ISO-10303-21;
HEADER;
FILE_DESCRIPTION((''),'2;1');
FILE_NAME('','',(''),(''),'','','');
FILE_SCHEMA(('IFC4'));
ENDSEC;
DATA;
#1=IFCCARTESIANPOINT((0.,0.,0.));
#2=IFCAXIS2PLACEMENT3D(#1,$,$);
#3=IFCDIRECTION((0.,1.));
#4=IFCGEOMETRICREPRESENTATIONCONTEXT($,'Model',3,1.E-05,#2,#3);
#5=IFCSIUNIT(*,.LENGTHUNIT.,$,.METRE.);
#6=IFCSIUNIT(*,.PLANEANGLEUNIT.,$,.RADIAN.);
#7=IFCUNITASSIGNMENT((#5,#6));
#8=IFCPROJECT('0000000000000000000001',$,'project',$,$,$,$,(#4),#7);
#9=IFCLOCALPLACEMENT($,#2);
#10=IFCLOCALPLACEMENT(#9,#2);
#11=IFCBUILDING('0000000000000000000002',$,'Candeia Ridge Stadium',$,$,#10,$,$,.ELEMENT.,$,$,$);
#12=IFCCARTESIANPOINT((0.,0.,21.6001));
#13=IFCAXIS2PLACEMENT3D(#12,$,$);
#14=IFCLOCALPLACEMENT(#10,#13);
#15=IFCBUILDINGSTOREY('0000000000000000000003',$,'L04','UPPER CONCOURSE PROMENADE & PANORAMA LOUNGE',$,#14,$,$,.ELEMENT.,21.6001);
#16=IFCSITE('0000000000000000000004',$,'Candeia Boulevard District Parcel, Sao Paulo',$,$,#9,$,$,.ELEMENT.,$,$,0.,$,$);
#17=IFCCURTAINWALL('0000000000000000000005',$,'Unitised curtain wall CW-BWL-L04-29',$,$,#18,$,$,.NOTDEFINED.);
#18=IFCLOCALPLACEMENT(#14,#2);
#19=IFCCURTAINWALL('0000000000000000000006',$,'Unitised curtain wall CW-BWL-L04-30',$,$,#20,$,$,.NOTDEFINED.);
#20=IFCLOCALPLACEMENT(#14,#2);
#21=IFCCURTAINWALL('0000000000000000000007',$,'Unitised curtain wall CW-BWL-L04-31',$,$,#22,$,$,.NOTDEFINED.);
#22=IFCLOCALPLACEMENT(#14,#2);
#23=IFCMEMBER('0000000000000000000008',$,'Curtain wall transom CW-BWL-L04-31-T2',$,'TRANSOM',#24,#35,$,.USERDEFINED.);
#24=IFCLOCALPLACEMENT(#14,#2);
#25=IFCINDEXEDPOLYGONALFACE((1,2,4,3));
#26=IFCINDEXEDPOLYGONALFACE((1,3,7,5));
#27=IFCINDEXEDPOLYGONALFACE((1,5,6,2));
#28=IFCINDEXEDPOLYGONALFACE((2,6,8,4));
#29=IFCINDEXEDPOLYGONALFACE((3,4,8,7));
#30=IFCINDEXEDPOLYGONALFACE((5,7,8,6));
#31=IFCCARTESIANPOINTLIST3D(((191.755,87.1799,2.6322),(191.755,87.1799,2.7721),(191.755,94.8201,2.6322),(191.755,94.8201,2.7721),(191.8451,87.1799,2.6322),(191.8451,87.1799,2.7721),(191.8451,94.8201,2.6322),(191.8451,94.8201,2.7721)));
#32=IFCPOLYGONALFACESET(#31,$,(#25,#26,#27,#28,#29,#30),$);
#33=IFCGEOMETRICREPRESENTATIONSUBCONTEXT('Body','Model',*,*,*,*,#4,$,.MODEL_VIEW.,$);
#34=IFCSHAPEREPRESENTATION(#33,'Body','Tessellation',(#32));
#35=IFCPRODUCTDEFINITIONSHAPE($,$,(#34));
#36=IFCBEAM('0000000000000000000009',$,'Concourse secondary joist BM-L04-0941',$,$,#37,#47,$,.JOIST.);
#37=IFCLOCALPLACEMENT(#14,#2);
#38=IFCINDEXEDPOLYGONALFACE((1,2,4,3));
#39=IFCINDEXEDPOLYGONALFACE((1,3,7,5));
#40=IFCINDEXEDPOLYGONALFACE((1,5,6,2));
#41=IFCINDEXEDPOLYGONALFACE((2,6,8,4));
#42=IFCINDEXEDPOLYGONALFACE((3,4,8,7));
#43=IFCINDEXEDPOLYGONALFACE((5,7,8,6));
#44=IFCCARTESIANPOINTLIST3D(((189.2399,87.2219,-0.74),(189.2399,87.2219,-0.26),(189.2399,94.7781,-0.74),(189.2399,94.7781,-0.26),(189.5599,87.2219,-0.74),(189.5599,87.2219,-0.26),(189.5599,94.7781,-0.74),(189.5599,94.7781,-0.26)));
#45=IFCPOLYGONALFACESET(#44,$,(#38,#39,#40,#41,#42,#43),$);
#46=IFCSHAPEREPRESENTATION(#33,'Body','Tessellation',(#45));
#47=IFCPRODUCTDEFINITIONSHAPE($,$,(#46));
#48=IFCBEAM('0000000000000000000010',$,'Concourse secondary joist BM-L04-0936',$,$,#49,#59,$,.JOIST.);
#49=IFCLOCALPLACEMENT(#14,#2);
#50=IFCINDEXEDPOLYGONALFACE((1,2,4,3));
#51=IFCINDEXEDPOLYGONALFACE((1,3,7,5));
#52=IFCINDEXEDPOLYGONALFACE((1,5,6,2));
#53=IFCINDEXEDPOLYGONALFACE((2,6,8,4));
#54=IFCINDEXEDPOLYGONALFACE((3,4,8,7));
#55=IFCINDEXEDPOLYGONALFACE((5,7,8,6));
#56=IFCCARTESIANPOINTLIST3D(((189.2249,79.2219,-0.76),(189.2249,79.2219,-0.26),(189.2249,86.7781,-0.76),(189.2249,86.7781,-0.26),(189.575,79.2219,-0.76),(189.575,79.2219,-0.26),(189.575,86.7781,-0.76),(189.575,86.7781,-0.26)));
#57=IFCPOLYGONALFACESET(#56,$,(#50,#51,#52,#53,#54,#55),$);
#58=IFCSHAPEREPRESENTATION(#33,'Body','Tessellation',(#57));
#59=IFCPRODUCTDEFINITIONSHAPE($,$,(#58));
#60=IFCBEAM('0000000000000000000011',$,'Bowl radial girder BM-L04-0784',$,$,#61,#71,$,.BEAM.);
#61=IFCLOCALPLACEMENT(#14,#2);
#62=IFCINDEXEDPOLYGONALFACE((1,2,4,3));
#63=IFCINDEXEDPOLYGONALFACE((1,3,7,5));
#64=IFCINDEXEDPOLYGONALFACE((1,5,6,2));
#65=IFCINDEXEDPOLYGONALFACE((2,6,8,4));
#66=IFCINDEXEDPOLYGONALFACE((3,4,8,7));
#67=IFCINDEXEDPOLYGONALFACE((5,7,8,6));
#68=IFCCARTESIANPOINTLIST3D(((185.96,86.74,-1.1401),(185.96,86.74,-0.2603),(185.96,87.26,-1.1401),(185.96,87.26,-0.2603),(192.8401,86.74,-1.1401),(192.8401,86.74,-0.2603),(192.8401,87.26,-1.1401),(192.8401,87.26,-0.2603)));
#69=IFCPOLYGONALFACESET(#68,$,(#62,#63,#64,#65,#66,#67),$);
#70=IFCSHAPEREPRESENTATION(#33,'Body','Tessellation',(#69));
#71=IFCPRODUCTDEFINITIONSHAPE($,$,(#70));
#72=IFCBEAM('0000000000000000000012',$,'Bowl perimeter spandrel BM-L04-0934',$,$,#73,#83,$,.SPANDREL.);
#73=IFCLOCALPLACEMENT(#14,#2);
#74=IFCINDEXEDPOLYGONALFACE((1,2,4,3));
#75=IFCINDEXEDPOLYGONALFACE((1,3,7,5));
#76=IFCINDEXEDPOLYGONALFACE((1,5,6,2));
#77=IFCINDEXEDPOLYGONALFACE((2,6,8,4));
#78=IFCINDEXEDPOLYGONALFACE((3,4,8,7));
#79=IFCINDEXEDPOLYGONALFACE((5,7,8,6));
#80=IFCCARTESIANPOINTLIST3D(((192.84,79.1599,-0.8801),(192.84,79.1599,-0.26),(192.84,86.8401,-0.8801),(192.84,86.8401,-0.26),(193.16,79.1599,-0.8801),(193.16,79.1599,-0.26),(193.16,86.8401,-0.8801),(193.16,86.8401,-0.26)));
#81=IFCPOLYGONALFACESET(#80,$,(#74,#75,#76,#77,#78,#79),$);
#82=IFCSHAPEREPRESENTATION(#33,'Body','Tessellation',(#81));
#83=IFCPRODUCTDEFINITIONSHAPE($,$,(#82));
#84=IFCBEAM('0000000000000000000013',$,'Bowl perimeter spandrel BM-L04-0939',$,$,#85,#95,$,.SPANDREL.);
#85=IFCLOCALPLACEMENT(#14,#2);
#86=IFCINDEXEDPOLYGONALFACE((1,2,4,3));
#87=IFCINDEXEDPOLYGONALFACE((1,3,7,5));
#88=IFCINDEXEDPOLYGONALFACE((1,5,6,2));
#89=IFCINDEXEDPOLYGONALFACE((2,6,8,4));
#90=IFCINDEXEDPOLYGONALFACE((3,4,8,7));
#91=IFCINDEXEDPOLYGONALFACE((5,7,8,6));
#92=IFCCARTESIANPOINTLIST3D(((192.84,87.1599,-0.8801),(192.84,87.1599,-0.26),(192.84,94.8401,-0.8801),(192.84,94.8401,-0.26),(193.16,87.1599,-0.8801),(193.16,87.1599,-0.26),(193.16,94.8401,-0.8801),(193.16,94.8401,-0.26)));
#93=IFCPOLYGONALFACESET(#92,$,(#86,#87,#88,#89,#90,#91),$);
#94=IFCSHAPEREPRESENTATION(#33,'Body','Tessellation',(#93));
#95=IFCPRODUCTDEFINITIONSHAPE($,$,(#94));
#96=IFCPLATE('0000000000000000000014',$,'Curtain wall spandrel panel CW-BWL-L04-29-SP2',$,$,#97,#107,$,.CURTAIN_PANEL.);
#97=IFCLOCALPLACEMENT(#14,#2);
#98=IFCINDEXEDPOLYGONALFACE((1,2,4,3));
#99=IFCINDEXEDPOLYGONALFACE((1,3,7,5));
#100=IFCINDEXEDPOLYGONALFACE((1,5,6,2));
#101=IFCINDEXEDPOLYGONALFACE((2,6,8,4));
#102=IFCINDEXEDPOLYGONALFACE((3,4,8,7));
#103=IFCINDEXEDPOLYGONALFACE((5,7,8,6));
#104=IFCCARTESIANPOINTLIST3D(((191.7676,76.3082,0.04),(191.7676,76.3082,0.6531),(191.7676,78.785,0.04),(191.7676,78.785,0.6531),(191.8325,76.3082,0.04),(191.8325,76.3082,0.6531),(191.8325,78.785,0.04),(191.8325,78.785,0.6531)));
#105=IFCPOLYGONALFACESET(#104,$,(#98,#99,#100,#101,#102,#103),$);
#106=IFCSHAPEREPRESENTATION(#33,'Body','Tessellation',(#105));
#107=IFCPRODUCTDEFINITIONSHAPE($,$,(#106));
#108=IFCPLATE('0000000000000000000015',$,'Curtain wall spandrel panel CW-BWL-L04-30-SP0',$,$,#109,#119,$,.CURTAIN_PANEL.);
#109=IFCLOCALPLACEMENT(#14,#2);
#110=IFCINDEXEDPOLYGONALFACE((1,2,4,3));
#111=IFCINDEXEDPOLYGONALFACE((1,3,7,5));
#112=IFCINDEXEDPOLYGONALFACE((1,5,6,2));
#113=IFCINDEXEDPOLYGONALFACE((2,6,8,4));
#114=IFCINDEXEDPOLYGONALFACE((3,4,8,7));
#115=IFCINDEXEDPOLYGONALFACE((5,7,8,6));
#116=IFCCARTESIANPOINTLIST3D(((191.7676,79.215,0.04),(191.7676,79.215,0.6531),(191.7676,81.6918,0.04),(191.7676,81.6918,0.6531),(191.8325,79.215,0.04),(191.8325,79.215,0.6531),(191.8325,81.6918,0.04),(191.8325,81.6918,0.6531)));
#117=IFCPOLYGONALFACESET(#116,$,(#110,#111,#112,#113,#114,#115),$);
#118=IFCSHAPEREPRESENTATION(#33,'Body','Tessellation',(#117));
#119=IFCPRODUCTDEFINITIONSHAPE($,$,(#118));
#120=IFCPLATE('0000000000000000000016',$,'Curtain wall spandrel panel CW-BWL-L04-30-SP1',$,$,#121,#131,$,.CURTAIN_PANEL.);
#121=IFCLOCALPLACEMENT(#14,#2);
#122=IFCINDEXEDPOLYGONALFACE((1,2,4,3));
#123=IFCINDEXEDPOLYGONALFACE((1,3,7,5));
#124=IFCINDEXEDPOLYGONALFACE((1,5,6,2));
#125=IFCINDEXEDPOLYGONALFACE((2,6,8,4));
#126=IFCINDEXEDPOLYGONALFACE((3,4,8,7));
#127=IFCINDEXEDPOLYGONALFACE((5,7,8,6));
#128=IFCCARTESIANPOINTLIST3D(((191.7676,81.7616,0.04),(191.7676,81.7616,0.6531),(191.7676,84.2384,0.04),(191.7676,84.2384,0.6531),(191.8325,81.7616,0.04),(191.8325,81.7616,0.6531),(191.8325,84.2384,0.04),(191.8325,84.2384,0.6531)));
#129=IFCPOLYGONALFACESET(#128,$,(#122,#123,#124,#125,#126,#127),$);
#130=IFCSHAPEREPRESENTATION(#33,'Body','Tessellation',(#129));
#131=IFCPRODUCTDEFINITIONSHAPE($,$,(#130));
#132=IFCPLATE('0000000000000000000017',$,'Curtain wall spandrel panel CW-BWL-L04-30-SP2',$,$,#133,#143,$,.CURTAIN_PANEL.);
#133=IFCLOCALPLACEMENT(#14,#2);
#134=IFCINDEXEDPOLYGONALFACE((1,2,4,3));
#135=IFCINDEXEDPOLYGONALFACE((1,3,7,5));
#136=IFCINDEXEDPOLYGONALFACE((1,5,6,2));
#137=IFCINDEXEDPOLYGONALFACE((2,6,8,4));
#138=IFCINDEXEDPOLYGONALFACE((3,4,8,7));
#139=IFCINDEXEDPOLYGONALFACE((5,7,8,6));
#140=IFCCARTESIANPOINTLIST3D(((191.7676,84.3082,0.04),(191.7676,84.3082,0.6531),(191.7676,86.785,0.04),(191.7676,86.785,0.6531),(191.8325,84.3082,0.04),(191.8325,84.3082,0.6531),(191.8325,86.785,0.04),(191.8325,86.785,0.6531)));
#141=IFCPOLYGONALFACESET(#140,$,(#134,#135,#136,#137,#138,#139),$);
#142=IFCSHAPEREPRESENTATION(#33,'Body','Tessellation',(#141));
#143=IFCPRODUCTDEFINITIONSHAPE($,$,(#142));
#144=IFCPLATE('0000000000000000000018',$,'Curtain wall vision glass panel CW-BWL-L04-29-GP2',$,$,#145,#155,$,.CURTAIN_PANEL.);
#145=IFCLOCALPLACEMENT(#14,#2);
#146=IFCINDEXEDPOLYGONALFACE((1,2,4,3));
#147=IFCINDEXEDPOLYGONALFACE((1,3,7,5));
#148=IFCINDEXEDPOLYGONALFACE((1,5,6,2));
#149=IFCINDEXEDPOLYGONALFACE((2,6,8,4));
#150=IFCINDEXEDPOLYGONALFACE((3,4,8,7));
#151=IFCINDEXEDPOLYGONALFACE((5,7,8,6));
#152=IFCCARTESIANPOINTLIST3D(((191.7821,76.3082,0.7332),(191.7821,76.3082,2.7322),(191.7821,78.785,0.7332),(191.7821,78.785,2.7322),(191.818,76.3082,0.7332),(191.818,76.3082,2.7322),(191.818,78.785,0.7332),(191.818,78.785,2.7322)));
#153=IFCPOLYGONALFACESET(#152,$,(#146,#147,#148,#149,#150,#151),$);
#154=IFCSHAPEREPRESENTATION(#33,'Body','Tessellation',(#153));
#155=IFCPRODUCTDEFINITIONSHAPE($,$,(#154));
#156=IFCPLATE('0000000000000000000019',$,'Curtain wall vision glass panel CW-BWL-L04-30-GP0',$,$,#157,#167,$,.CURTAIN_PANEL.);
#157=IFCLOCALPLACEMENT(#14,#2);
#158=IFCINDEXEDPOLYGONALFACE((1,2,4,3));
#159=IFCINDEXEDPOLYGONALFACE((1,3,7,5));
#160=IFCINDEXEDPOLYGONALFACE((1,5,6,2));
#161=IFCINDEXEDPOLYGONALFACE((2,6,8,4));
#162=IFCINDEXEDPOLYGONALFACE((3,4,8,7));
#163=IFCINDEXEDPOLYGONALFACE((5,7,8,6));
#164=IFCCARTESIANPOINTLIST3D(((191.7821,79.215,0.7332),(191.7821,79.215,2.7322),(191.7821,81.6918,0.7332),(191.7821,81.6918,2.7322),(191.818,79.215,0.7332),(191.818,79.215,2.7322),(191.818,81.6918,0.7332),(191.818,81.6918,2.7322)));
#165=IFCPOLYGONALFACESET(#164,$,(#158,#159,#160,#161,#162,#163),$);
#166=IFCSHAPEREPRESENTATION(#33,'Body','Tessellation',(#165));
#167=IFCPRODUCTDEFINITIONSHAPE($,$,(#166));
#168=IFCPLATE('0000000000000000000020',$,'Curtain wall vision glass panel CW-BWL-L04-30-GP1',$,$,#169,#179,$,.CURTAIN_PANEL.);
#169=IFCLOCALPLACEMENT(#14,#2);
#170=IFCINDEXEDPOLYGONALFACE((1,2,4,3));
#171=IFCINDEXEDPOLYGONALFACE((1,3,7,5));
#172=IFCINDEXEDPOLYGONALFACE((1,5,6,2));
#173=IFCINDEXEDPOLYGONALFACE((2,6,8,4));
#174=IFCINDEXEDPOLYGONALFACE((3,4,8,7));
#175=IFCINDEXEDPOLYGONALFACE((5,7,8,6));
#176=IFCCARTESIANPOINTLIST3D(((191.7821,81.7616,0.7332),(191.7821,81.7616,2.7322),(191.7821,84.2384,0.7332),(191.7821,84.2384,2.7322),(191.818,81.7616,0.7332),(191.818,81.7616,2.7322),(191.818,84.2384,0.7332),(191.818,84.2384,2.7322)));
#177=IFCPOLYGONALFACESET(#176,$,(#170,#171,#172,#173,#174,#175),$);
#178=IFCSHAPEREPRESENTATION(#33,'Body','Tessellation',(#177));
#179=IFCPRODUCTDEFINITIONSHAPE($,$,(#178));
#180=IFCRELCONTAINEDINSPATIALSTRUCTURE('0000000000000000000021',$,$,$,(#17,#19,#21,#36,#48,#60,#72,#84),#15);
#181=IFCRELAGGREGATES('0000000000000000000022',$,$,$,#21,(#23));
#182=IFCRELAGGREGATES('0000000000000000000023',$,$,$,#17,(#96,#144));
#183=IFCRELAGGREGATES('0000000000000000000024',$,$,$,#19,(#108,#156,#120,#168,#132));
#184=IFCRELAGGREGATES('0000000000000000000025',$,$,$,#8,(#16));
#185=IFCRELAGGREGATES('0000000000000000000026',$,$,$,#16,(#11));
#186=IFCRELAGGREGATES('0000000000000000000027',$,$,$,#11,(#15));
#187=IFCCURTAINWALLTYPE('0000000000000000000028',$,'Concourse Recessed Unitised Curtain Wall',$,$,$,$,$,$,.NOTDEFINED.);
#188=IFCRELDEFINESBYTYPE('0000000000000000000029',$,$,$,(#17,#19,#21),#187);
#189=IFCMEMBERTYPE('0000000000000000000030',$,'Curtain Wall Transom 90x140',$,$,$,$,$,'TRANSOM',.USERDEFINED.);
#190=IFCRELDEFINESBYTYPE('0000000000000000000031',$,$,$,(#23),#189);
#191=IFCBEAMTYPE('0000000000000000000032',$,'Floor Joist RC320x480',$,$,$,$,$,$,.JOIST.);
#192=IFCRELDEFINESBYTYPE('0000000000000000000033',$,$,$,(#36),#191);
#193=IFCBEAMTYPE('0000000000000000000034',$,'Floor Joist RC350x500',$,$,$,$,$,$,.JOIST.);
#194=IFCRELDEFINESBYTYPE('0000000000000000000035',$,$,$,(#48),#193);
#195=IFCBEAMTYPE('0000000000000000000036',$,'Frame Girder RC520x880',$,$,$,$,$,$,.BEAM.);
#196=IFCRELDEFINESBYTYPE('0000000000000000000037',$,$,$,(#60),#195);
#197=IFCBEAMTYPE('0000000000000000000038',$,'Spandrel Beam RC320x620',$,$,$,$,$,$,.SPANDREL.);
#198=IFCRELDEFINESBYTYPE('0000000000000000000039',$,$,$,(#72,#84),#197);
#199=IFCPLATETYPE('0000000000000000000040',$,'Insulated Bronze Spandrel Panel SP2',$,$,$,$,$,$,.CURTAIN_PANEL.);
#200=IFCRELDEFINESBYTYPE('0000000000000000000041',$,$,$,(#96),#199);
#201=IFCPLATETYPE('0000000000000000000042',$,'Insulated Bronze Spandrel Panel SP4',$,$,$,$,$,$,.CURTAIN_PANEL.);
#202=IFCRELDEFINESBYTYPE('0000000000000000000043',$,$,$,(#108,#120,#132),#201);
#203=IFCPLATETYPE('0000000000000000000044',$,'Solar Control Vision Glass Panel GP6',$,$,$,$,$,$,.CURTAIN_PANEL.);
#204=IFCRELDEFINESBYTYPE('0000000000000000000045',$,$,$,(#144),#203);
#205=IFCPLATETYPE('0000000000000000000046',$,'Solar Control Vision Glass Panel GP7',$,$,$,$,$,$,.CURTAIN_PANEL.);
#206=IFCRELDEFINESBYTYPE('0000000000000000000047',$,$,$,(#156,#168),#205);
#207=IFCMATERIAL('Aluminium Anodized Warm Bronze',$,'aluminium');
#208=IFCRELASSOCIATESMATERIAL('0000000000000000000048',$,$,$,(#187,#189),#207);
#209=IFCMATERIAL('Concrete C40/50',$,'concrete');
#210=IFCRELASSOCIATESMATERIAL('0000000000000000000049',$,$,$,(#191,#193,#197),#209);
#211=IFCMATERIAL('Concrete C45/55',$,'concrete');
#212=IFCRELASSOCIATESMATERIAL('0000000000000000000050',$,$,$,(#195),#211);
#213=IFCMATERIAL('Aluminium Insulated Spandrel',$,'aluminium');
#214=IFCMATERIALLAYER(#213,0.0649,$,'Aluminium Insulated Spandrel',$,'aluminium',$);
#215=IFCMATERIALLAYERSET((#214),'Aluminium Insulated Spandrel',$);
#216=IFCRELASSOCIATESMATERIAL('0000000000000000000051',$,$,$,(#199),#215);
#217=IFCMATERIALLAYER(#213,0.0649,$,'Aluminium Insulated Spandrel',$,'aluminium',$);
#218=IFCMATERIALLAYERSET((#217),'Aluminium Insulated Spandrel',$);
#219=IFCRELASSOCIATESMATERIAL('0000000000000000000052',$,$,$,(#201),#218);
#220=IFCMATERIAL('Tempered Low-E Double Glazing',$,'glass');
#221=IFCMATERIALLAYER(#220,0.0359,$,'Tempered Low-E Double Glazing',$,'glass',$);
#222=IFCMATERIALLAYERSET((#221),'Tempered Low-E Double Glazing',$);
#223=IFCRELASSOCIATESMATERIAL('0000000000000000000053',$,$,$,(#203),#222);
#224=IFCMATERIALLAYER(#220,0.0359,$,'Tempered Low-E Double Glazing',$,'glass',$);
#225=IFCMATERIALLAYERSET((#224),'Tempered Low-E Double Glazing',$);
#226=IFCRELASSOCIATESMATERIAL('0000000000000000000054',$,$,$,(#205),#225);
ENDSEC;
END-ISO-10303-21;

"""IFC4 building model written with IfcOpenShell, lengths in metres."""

from ifc_helpers import new_model, si_unit, direction, frame, origin, origin_2d, place, context, subcontext, project, spatial, rectangle, extrude, material, layer, layer_set, material_profile, profile_set, type_object, element, aggregate, save


model = new_model("IFC4")

# Units and contexts
model_context = context("Model", 3, precision=1e-05, world=origin(), true_north=direction((0.0, 1.0)))
body_context = subcontext(model_context, "Body", "Model", "MODEL_VIEW")
ifc_project = project(units=[si_unit("LENGTHUNIT", "METRE"), si_unit("PLANEANGLEUNIT", "RADIAN")], contexts=[model_context])

# Site, building, storey
site_placement = place(None, origin())
site = spatial("IfcSite", under=ifc_project, at=site_placement, Name="Candeia Boulevard District Parcel, Sao Paulo", CompositionType="ELEMENT", RefElevation=0.0)
building_placement = place(site_placement, origin())
building = spatial("IfcBuilding", under=site, at=building_placement, Name="Candeia Ridge Stadium", CompositionType="ELEMENT")
storey_placement = place(building_placement, frame((0.0, 0.0, 21.6001)))
storey = spatial("IfcBuildingStorey", under=building, at=storey_placement, Name="L04", Description="UPPER CONCOURSE PROMENADE & PANORAMA LOUNGE", CompositionType="ELEMENT", Elevation=21.6001)

# Shared definitions
ifc_material_1 = material(Name="Concrete C45/55", Category="concrete")

# Curtain wall
ifc_material_2 = material(Name="Aluminium Anodized Warm Bronze", Category="aluminium")
curtain_wall_type = type_object("IfcCurtainWallType", Name="Concourse Recessed Unitised Curtain Wall", PredefinedType="NOTDEFINED", material=ifc_material_2)
curtain_wall_1_placement = place(storey_placement, origin())
curtain_wall_1 = element("IfcCurtainWall", 1, at=curtain_wall_1_placement, inside=storey, type_object=curtain_wall_type, Name="Unitised curtain wall CW-BWL-L04-29", PredefinedType="NOTDEFINED")

# Curtain wall
curtain_wall_2_placement = place(storey_placement, origin())
curtain_wall_2 = element("IfcCurtainWall", 2, at=curtain_wall_2_placement, inside=storey, type_object=curtain_wall_type, Name="Unitised curtain wall CW-BWL-L04-30", PredefinedType="NOTDEFINED")

# Curtain wall
curtain_wall_3_placement = place(storey_placement, origin())
curtain_wall_3 = element("IfcCurtainWall", 3, at=curtain_wall_3_placement, inside=storey, type_object=curtain_wall_type, Name="Unitised curtain wall CW-BWL-L04-31", PredefinedType="NOTDEFINED")

# Member
ifc_material_profile_1 = material_profile(ifc_material_2, rectangle(XDim=0.0901, YDim=0.1399, at=origin_2d()), Name="CWT-90x140", Category="aluminium")
ifc_profile_set_1 = profile_set([ifc_material_profile_1], Name="Aluminium Anodized Warm Bronze")
member_type_1 = type_object("IfcMemberType", Name="Curtain Wall Transom 90x140", ElementType="TRANSOM", PredefinedType="USERDEFINED", material=ifc_profile_set_1)
member_1_placement = place(storey_placement, frame((191.8, 87.1799, 2.7021), z_axis=(0.0, 1.0, 0.0), x_axis=(-1.0, 0.0, 0.0)))
member_1 = element("IfcMember", 4, at=member_1_placement, type_object=member_type_1, Name="Curtain wall transom CW-BWL-L04-31-T2", ObjectType="TRANSOM", PredefinedType="USERDEFINED", context=body_context, shape_type="SweptSolid", body=[
    extrude(rectangle(XDim=0.0901, YDim=0.1399, at=origin_2d()), origin(), (0.0, 0.0, 1.0), 7.6401),
])
aggregate(curtain_wall_3, [member_1])

# Beams
ifc_material_3 = material(Name="Concrete C40/50", Category="concrete")
ifc_material_profile_2 = material_profile(ifc_material_3, rectangle(XDim=0.3201, YDim=0.48, at=origin_2d()), Name="RC320x480", Category="concrete")
ifc_profile_set_2 = profile_set([ifc_material_profile_2], Name="Concrete C40/50")
beam_type_1 = type_object("IfcBeamType", Name="Floor Joist RC320x480", PredefinedType="JOIST", material=ifc_profile_set_2)
beam_1_placement = place(storey_placement, frame((189.3999, 87.2219, -0.5), z_axis=(0.0, 1.0, 0.0), x_axis=(-1.0, 0.0, 0.0)))
element("IfcBeam", 5, at=beam_1_placement, inside=storey, type_object=beam_type_1, Name="Concourse secondary joist BM-L04-0941", PredefinedType="JOIST", context=body_context, shape_type="SweptSolid", body=[
    extrude(rectangle(XDim=0.3201, YDim=0.48, at=origin_2d()), origin(), (0.0, 0.0, 1.0), 7.5562),
])
ifc_material_profile_3 = material_profile(ifc_material_3, rectangle(XDim=0.3501, YDim=0.5, at=origin_2d()), Name="RC350x500", Category="concrete")
ifc_profile_set_3 = profile_set([ifc_material_profile_3], Name="Concrete C40/50")
beam_type_2 = type_object("IfcBeamType", Name="Floor Joist RC350x500", PredefinedType="JOIST", material=ifc_profile_set_3)
beam_2_placement = place(storey_placement, frame((189.3999, 79.2219, -0.51), z_axis=(0.0, 1.0, 0.0), x_axis=(-1.0, 0.0, 0.0)))
element("IfcBeam", 6, at=beam_2_placement, inside=storey, type_object=beam_type_2, Name="Concourse secondary joist BM-L04-0936", PredefinedType="JOIST", context=body_context, shape_type="SweptSolid", body=[
    extrude(rectangle(XDim=0.3501, YDim=0.5, at=origin_2d()), origin(), (0.0, 0.0, 1.0), 7.5562),
])
ifc_material_profile_4 = material_profile(ifc_material_1, rectangle(XDim=0.52, YDim=0.8799, at=origin_2d()), Name="RC520x880", Category="concrete")
ifc_profile_set_4 = profile_set([ifc_material_profile_4], Name="Concrete C45/55")
beam_type_3 = type_object("IfcBeamType", Name="Frame Girder RC520x880", PredefinedType="BEAM", material=ifc_profile_set_4)
beam_3_placement = place(storey_placement, frame((185.96, 87.0, -0.7002), z_axis=(1.0, 0.0, 0.0), x_axis=(0.0, 1.0, 0.0)))
element("IfcBeam", 7, at=beam_3_placement, inside=storey, type_object=beam_type_3, Name="Bowl radial girder BM-L04-0784", PredefinedType="BEAM", context=body_context, shape_type="SweptSolid", body=[
    extrude(rectangle(XDim=0.52, YDim=0.8799, at=origin_2d()), origin(), (0.0, 0.0, 1.0), 6.8801),
])
ifc_material_profile_5 = material_profile(ifc_material_3, rectangle(XDim=0.3201, YDim=0.6201, at=origin_2d()), Name="RC320x620", Category="concrete")
ifc_profile_set_5 = profile_set([ifc_material_profile_5], Name="Concrete C40/50")
beam_type_4 = type_object("IfcBeamType", Name="Spandrel Beam RC320x620", PredefinedType="SPANDREL", material=ifc_profile_set_5)
for number, where, z_axis, x_axis, name in (
    (8, (193.0, 79.1599, -0.5701), (0.0, 1.0, 0.0), (-1.0, 0.0, 0.0), "Bowl perimeter spandrel BM-L04-0934"),
    (9, (193.0, 87.1599, -0.5701), (0.0, 1.0, 0.0), (-1.0, 0.0, 0.0), "Bowl perimeter spandrel BM-L04-0939"),
):
    element("IfcBeam", number, at=place(storey_placement, frame(where, z_axis=z_axis, x_axis=x_axis)), inside=storey, type_object=beam_type_4, Name=name, PredefinedType="SPANDREL", context=body_context, shape_type="SweptSolid", body=[
        extrude(rectangle(XDim=0.3201, YDim=0.6201, at=origin_2d()), origin(), (0.0, 0.0, 1.0), 7.6802),
    ])

# Plates
ifc_material_4 = material(Name="Aluminium Insulated Spandrel", Category="aluminium")
ifc_layer_1 = layer(ifc_material_4, 0.0649, Name="Aluminium Insulated Spandrel", Category="aluminium")
ifc_layer_set_1 = layer_set([ifc_layer_1], Name="Aluminium Insulated Spandrel")
plate_type_1 = type_object("IfcPlateType", Name="Insulated Bronze Spandrel Panel SP2", PredefinedType="CURTAIN_PANEL", material=ifc_layer_set_1)
plate_1_placement = place(storey_placement, frame((191.8, 77.5466, 0.04), z_axis=(0.0, 0.0, 1.0), x_axis=(0.0, 1.0, 0.0)))
plate_1 = element("IfcPlate", 10, at=plate_1_placement, type_object=plate_type_1, Name="Curtain wall spandrel panel CW-BWL-L04-29-SP2", PredefinedType="CURTAIN_PANEL", context=body_context, shape_type="SweptSolid", body=[
    extrude(rectangle(XDim=2.4768, YDim=0.0649, at=origin_2d()), origin(), (0.0, 0.0, 1.0), 0.613),
])
ifc_layer_2 = layer(ifc_material_4, 0.0649, Name="Aluminium Insulated Spandrel", Category="aluminium")
ifc_layer_set_2 = layer_set([ifc_layer_2], Name="Aluminium Insulated Spandrel")
plate_type_2 = type_object("IfcPlateType", Name="Insulated Bronze Spandrel Panel SP4", PredefinedType="CURTAIN_PANEL", material=ifc_layer_set_2)
plate_2_placement = place(storey_placement, frame((191.8, 80.4534, 0.04), z_axis=(0.0, 0.0, 1.0), x_axis=(0.0, 1.0, 0.0)))
plate_2 = element("IfcPlate", 11, at=plate_2_placement, type_object=plate_type_2, Name="Curtain wall spandrel panel CW-BWL-L04-30-SP0", PredefinedType="CURTAIN_PANEL", context=body_context, shape_type="SweptSolid", body=[
    extrude(rectangle(XDim=2.4768, YDim=0.0649, at=origin_2d()), origin(), (0.0, 0.0, 1.0), 0.613),
])
plate_3_placement = place(storey_placement, frame((191.8, 83.0, 0.04), z_axis=(0.0, 0.0, 1.0), x_axis=(0.0, 1.0, 0.0)))
plate_3 = element("IfcPlate", 12, at=plate_3_placement, type_object=plate_type_2, Name="Curtain wall spandrel panel CW-BWL-L04-30-SP1", PredefinedType="CURTAIN_PANEL", context=body_context, shape_type="SweptSolid", body=[
    extrude(rectangle(XDim=2.4768, YDim=0.0649, at=origin_2d()), origin(), (0.0, 0.0, 1.0), 0.613),
])
plate_4_placement = place(storey_placement, frame((191.8, 85.5466, 0.04), z_axis=(0.0, 0.0, 1.0), x_axis=(0.0, 1.0, 0.0)))
plate_4 = element("IfcPlate", 13, at=plate_4_placement, type_object=plate_type_2, Name="Curtain wall spandrel panel CW-BWL-L04-30-SP2", PredefinedType="CURTAIN_PANEL", context=body_context, shape_type="SweptSolid", body=[
    extrude(rectangle(XDim=2.4768, YDim=0.0649, at=origin_2d()), origin(), (0.0, 0.0, 1.0), 0.613),
])
ifc_material_5 = material(Name="Tempered Low-E Double Glazing", Category="glass")
ifc_layer_3 = layer(ifc_material_5, 0.0359, Name="Tempered Low-E Double Glazing", Category="glass")
ifc_layer_set_3 = layer_set([ifc_layer_3], Name="Tempered Low-E Double Glazing")
plate_type_3 = type_object("IfcPlateType", Name="Solar Control Vision Glass Panel GP6", PredefinedType="CURTAIN_PANEL", material=ifc_layer_set_3)
plate_5_placement = place(storey_placement, frame((191.8, 77.5466, 0.7332), z_axis=(0.0, 0.0, 1.0), x_axis=(0.0, 1.0, 0.0)))
plate_5 = element("IfcPlate", 14, at=plate_5_placement, type_object=plate_type_3, Name="Curtain wall vision glass panel CW-BWL-L04-29-GP2", PredefinedType="CURTAIN_PANEL", context=body_context, shape_type="SweptSolid", body=[
    extrude(rectangle(XDim=2.4768, YDim=0.0359, at=origin_2d()), origin(), (0.0, 0.0, 1.0), 1.999),
])
aggregate(curtain_wall_1, [plate_1, plate_5])
ifc_layer_4 = layer(ifc_material_5, 0.0359, Name="Tempered Low-E Double Glazing", Category="glass")
ifc_layer_set_4 = layer_set([ifc_layer_4], Name="Tempered Low-E Double Glazing")
plate_type_4 = type_object("IfcPlateType", Name="Solar Control Vision Glass Panel GP7", PredefinedType="CURTAIN_PANEL", material=ifc_layer_set_4)
plate_6_placement = place(storey_placement, frame((191.8, 80.4534, 0.7332), z_axis=(0.0, 0.0, 1.0), x_axis=(0.0, 1.0, 0.0)))
plate_6 = element("IfcPlate", 15, at=plate_6_placement, type_object=plate_type_4, Name="Curtain wall vision glass panel CW-BWL-L04-30-GP0", PredefinedType="CURTAIN_PANEL", context=body_context, shape_type="SweptSolid", body=[
    extrude(rectangle(XDim=2.4768, YDim=0.0359, at=origin_2d()), origin(), (0.0, 0.0, 1.0), 1.999),
])
plate_7_placement = place(storey_placement, frame((191.8, 83.0, 0.7332), z_axis=(0.0, 0.0, 1.0), x_axis=(0.0, 1.0, 0.0)))
plate_7 = element("IfcPlate", 16, at=plate_7_placement, type_object=plate_type_4, Name="Curtain wall vision glass panel CW-BWL-L04-30-GP1", PredefinedType="CURTAIN_PANEL", context=body_context, shape_type="SweptSolid", body=[
    extrude(rectangle(XDim=2.4768, YDim=0.0359, at=origin_2d()), origin(), (0.0, 0.0, 1.0), 1.999),
])
aggregate(curtain_wall_2, [plate_2, plate_6, plate_3, plate_7, plate_4])

save(model, "model.ifc")
